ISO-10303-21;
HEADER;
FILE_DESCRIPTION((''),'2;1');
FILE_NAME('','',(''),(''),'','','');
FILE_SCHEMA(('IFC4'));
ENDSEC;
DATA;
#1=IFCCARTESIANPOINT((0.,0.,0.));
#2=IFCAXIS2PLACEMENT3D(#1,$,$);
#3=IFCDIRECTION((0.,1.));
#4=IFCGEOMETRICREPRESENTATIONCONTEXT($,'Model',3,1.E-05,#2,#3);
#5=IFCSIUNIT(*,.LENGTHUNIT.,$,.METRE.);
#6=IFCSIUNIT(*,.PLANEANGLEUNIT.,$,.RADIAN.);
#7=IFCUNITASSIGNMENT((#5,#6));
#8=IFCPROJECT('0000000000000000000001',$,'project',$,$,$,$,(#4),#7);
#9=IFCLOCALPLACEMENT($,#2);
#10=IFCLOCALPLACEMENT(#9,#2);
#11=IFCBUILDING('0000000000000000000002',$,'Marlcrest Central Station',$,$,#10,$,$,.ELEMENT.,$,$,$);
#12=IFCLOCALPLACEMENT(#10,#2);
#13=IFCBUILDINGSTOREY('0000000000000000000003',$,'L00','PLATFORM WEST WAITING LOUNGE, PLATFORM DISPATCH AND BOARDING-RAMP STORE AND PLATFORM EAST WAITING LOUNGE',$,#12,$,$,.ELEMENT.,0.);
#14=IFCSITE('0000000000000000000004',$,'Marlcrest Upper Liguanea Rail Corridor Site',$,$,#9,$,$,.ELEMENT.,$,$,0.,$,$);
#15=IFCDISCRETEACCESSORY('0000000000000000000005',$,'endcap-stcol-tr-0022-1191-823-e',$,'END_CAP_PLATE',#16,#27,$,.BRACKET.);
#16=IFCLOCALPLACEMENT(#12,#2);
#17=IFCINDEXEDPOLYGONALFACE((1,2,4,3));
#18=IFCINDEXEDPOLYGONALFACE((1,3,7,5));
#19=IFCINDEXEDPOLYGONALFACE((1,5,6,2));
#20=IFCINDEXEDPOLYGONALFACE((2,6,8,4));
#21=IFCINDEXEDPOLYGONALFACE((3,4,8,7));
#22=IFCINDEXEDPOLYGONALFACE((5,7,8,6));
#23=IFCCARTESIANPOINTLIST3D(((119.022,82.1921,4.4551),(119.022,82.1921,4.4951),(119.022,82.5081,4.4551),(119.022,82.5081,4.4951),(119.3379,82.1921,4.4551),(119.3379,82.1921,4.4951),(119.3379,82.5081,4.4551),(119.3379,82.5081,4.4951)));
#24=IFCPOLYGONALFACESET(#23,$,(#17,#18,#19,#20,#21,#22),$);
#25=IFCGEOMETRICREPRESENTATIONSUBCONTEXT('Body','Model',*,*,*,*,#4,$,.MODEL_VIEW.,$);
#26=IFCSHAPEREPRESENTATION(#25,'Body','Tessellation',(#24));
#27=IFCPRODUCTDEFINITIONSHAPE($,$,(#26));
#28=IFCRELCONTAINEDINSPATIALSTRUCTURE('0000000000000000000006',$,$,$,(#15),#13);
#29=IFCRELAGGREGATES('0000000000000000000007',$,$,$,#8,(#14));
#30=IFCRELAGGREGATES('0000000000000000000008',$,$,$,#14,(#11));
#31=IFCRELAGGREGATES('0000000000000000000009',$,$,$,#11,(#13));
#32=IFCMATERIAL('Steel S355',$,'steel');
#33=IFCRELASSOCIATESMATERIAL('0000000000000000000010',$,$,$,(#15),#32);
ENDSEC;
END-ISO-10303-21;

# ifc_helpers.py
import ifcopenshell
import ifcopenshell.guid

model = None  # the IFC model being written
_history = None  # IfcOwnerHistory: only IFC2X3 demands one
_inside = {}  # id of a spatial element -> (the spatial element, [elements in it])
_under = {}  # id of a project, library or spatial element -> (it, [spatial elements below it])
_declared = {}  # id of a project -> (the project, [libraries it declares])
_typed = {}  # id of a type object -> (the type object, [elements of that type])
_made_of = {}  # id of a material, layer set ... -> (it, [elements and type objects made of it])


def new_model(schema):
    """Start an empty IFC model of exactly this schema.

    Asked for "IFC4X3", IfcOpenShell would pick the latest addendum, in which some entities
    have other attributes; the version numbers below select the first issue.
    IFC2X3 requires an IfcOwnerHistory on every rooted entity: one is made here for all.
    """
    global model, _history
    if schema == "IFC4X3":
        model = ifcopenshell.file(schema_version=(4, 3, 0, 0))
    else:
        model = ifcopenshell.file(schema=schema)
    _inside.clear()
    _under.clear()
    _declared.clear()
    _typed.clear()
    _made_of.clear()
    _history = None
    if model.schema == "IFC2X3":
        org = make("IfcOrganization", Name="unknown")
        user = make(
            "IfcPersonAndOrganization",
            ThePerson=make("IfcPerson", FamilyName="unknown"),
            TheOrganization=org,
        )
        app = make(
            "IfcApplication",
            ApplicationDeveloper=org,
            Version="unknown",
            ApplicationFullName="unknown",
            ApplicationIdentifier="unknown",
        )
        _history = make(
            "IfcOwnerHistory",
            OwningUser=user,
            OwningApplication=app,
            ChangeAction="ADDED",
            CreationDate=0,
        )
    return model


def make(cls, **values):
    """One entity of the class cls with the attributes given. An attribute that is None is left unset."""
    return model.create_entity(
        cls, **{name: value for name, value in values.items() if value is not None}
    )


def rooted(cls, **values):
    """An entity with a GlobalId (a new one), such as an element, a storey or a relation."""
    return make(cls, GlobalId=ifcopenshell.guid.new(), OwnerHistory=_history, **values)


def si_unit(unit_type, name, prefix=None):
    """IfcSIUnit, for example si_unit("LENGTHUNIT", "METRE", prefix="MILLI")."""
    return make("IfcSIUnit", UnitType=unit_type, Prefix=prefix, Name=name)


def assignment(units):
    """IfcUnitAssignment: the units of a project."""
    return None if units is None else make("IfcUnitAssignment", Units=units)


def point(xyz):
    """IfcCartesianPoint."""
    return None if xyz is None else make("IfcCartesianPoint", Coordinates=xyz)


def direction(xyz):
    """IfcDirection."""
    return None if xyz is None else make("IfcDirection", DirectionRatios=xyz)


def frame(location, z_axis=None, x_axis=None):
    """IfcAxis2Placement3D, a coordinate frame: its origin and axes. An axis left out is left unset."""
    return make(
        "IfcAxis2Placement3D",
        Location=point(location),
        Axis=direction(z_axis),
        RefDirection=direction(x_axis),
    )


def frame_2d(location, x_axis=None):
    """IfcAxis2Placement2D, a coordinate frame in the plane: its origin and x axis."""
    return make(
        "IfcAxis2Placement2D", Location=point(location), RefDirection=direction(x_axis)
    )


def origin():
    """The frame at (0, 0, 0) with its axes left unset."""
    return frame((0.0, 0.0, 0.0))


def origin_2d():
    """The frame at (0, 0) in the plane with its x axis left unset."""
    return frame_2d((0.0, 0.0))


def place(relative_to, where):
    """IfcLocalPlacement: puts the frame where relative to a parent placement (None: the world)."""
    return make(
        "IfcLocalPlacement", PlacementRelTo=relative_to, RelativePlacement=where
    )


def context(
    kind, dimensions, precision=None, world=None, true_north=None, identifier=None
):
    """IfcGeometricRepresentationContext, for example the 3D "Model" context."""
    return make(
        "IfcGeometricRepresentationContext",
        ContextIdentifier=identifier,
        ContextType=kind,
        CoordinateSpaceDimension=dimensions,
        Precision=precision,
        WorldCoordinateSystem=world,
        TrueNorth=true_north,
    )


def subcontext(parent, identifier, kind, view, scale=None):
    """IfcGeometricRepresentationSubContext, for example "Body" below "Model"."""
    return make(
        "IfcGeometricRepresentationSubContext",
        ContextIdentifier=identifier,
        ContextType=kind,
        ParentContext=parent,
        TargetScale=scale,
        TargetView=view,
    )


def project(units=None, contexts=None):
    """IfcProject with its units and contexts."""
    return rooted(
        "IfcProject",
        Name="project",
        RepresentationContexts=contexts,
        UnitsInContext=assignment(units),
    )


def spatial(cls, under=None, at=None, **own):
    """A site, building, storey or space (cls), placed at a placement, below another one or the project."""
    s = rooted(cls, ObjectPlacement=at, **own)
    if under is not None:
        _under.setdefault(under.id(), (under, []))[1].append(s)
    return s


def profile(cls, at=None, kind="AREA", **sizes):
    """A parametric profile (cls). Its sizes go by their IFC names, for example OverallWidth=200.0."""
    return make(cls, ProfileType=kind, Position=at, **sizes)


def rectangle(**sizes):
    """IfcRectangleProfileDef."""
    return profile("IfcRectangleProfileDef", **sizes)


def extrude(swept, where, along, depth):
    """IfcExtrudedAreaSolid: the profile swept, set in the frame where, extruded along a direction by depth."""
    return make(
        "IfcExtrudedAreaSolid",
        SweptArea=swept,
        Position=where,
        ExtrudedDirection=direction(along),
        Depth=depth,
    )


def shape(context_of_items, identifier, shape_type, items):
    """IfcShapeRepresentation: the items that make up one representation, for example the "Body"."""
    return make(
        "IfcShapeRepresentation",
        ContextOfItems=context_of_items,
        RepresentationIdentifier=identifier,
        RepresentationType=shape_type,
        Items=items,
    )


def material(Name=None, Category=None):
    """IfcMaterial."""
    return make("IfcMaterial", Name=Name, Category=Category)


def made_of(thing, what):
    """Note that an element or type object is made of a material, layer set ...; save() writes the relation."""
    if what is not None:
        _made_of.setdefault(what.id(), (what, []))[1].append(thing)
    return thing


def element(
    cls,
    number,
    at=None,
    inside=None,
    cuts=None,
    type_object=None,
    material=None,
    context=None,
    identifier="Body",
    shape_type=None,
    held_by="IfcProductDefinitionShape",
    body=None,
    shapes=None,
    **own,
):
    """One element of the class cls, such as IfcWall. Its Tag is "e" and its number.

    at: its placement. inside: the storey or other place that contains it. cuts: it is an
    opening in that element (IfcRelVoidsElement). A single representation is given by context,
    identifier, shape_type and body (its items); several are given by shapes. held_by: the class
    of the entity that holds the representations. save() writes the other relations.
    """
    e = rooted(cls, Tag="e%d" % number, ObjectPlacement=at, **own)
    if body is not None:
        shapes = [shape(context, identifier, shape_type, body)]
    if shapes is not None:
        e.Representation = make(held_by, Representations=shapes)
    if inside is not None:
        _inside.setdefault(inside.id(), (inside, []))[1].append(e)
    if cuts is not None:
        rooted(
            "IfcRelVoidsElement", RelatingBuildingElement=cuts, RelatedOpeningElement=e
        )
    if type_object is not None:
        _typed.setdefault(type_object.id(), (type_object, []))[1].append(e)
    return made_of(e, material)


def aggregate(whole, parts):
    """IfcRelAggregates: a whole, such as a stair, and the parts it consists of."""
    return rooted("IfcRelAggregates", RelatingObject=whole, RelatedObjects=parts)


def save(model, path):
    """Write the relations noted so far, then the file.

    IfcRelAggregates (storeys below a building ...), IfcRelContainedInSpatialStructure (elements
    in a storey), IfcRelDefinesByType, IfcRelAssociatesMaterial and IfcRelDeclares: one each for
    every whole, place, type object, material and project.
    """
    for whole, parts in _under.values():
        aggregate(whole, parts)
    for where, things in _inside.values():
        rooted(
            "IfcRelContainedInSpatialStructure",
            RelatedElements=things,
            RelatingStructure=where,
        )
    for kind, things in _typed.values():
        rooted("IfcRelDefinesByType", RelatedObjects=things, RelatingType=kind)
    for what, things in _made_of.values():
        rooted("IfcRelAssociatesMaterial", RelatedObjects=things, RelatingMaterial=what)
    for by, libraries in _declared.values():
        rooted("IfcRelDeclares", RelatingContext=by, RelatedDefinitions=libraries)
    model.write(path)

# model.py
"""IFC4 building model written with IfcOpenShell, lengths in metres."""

from ifc_helpers import new_model, si_unit, direction, frame, origin, origin_2d, place, context, subcontext, project, spatial, rectangle, extrude, material, element, save


model = new_model("IFC4")

# Units and contexts
model_context = context("Model", 3, precision=1e-05, world=origin(), true_north=direction((0.0, 1.0)))
body_context = subcontext(model_context, "Body", "Model", "MODEL_VIEW")
ifc_project = project(units=[si_unit("LENGTHUNIT", "METRE"), si_unit("PLANEANGLEUNIT", "RADIAN")], contexts=[model_context])

# Site, building, storey
site_placement = place(None, origin())
site = spatial("IfcSite", under=ifc_project, at=site_placement, Name="Marlcrest Upper Liguanea Rail Corridor Site", CompositionType="ELEMENT", RefElevation=0.0)
building_placement = place(site_placement, origin())
building = spatial("IfcBuilding", under=site, at=building_placement, Name="Marlcrest Central Station", CompositionType="ELEMENT")
storey_placement = place(building_placement, origin())
storey = spatial("IfcBuildingStorey", under=building, at=storey_placement, Name="L00", Description="PLATFORM WEST WAITING LOUNGE, PLATFORM DISPATCH AND BOARDING-RAMP STORE AND PLATFORM EAST WAITING LOUNGE", CompositionType="ELEMENT", Elevation=0.0)

# Shared definitions
ifc_material_1 = material(Name="Steel S355", Category="steel")

# Discrete accessory
for number, where, z_axis, x_axis, name in (
    (1, (119.1799, 82.3501, 4.4551), (0.0, 0.0, 1.0), (1.0, 0.0, 0.0), "endcap-stcol-tr-0022-1191-823-e"),
):
    element("IfcDiscreteAccessory", number, at=place(storey_placement, frame(where, z_axis=z_axis, x_axis=x_axis)), inside=storey, material=ifc_material_1, Name=name, ObjectType="END_CAP_PLATE", PredefinedType="BRACKET", context=body_context, shape_type="SweptSolid", body=[
        extrude(rectangle(XDim=0.3159, YDim=0.3159, at=origin_2d()), origin(), (0.0, 0.0, 1.0), 0.04),
    ])

save(model, "model.ifc")
